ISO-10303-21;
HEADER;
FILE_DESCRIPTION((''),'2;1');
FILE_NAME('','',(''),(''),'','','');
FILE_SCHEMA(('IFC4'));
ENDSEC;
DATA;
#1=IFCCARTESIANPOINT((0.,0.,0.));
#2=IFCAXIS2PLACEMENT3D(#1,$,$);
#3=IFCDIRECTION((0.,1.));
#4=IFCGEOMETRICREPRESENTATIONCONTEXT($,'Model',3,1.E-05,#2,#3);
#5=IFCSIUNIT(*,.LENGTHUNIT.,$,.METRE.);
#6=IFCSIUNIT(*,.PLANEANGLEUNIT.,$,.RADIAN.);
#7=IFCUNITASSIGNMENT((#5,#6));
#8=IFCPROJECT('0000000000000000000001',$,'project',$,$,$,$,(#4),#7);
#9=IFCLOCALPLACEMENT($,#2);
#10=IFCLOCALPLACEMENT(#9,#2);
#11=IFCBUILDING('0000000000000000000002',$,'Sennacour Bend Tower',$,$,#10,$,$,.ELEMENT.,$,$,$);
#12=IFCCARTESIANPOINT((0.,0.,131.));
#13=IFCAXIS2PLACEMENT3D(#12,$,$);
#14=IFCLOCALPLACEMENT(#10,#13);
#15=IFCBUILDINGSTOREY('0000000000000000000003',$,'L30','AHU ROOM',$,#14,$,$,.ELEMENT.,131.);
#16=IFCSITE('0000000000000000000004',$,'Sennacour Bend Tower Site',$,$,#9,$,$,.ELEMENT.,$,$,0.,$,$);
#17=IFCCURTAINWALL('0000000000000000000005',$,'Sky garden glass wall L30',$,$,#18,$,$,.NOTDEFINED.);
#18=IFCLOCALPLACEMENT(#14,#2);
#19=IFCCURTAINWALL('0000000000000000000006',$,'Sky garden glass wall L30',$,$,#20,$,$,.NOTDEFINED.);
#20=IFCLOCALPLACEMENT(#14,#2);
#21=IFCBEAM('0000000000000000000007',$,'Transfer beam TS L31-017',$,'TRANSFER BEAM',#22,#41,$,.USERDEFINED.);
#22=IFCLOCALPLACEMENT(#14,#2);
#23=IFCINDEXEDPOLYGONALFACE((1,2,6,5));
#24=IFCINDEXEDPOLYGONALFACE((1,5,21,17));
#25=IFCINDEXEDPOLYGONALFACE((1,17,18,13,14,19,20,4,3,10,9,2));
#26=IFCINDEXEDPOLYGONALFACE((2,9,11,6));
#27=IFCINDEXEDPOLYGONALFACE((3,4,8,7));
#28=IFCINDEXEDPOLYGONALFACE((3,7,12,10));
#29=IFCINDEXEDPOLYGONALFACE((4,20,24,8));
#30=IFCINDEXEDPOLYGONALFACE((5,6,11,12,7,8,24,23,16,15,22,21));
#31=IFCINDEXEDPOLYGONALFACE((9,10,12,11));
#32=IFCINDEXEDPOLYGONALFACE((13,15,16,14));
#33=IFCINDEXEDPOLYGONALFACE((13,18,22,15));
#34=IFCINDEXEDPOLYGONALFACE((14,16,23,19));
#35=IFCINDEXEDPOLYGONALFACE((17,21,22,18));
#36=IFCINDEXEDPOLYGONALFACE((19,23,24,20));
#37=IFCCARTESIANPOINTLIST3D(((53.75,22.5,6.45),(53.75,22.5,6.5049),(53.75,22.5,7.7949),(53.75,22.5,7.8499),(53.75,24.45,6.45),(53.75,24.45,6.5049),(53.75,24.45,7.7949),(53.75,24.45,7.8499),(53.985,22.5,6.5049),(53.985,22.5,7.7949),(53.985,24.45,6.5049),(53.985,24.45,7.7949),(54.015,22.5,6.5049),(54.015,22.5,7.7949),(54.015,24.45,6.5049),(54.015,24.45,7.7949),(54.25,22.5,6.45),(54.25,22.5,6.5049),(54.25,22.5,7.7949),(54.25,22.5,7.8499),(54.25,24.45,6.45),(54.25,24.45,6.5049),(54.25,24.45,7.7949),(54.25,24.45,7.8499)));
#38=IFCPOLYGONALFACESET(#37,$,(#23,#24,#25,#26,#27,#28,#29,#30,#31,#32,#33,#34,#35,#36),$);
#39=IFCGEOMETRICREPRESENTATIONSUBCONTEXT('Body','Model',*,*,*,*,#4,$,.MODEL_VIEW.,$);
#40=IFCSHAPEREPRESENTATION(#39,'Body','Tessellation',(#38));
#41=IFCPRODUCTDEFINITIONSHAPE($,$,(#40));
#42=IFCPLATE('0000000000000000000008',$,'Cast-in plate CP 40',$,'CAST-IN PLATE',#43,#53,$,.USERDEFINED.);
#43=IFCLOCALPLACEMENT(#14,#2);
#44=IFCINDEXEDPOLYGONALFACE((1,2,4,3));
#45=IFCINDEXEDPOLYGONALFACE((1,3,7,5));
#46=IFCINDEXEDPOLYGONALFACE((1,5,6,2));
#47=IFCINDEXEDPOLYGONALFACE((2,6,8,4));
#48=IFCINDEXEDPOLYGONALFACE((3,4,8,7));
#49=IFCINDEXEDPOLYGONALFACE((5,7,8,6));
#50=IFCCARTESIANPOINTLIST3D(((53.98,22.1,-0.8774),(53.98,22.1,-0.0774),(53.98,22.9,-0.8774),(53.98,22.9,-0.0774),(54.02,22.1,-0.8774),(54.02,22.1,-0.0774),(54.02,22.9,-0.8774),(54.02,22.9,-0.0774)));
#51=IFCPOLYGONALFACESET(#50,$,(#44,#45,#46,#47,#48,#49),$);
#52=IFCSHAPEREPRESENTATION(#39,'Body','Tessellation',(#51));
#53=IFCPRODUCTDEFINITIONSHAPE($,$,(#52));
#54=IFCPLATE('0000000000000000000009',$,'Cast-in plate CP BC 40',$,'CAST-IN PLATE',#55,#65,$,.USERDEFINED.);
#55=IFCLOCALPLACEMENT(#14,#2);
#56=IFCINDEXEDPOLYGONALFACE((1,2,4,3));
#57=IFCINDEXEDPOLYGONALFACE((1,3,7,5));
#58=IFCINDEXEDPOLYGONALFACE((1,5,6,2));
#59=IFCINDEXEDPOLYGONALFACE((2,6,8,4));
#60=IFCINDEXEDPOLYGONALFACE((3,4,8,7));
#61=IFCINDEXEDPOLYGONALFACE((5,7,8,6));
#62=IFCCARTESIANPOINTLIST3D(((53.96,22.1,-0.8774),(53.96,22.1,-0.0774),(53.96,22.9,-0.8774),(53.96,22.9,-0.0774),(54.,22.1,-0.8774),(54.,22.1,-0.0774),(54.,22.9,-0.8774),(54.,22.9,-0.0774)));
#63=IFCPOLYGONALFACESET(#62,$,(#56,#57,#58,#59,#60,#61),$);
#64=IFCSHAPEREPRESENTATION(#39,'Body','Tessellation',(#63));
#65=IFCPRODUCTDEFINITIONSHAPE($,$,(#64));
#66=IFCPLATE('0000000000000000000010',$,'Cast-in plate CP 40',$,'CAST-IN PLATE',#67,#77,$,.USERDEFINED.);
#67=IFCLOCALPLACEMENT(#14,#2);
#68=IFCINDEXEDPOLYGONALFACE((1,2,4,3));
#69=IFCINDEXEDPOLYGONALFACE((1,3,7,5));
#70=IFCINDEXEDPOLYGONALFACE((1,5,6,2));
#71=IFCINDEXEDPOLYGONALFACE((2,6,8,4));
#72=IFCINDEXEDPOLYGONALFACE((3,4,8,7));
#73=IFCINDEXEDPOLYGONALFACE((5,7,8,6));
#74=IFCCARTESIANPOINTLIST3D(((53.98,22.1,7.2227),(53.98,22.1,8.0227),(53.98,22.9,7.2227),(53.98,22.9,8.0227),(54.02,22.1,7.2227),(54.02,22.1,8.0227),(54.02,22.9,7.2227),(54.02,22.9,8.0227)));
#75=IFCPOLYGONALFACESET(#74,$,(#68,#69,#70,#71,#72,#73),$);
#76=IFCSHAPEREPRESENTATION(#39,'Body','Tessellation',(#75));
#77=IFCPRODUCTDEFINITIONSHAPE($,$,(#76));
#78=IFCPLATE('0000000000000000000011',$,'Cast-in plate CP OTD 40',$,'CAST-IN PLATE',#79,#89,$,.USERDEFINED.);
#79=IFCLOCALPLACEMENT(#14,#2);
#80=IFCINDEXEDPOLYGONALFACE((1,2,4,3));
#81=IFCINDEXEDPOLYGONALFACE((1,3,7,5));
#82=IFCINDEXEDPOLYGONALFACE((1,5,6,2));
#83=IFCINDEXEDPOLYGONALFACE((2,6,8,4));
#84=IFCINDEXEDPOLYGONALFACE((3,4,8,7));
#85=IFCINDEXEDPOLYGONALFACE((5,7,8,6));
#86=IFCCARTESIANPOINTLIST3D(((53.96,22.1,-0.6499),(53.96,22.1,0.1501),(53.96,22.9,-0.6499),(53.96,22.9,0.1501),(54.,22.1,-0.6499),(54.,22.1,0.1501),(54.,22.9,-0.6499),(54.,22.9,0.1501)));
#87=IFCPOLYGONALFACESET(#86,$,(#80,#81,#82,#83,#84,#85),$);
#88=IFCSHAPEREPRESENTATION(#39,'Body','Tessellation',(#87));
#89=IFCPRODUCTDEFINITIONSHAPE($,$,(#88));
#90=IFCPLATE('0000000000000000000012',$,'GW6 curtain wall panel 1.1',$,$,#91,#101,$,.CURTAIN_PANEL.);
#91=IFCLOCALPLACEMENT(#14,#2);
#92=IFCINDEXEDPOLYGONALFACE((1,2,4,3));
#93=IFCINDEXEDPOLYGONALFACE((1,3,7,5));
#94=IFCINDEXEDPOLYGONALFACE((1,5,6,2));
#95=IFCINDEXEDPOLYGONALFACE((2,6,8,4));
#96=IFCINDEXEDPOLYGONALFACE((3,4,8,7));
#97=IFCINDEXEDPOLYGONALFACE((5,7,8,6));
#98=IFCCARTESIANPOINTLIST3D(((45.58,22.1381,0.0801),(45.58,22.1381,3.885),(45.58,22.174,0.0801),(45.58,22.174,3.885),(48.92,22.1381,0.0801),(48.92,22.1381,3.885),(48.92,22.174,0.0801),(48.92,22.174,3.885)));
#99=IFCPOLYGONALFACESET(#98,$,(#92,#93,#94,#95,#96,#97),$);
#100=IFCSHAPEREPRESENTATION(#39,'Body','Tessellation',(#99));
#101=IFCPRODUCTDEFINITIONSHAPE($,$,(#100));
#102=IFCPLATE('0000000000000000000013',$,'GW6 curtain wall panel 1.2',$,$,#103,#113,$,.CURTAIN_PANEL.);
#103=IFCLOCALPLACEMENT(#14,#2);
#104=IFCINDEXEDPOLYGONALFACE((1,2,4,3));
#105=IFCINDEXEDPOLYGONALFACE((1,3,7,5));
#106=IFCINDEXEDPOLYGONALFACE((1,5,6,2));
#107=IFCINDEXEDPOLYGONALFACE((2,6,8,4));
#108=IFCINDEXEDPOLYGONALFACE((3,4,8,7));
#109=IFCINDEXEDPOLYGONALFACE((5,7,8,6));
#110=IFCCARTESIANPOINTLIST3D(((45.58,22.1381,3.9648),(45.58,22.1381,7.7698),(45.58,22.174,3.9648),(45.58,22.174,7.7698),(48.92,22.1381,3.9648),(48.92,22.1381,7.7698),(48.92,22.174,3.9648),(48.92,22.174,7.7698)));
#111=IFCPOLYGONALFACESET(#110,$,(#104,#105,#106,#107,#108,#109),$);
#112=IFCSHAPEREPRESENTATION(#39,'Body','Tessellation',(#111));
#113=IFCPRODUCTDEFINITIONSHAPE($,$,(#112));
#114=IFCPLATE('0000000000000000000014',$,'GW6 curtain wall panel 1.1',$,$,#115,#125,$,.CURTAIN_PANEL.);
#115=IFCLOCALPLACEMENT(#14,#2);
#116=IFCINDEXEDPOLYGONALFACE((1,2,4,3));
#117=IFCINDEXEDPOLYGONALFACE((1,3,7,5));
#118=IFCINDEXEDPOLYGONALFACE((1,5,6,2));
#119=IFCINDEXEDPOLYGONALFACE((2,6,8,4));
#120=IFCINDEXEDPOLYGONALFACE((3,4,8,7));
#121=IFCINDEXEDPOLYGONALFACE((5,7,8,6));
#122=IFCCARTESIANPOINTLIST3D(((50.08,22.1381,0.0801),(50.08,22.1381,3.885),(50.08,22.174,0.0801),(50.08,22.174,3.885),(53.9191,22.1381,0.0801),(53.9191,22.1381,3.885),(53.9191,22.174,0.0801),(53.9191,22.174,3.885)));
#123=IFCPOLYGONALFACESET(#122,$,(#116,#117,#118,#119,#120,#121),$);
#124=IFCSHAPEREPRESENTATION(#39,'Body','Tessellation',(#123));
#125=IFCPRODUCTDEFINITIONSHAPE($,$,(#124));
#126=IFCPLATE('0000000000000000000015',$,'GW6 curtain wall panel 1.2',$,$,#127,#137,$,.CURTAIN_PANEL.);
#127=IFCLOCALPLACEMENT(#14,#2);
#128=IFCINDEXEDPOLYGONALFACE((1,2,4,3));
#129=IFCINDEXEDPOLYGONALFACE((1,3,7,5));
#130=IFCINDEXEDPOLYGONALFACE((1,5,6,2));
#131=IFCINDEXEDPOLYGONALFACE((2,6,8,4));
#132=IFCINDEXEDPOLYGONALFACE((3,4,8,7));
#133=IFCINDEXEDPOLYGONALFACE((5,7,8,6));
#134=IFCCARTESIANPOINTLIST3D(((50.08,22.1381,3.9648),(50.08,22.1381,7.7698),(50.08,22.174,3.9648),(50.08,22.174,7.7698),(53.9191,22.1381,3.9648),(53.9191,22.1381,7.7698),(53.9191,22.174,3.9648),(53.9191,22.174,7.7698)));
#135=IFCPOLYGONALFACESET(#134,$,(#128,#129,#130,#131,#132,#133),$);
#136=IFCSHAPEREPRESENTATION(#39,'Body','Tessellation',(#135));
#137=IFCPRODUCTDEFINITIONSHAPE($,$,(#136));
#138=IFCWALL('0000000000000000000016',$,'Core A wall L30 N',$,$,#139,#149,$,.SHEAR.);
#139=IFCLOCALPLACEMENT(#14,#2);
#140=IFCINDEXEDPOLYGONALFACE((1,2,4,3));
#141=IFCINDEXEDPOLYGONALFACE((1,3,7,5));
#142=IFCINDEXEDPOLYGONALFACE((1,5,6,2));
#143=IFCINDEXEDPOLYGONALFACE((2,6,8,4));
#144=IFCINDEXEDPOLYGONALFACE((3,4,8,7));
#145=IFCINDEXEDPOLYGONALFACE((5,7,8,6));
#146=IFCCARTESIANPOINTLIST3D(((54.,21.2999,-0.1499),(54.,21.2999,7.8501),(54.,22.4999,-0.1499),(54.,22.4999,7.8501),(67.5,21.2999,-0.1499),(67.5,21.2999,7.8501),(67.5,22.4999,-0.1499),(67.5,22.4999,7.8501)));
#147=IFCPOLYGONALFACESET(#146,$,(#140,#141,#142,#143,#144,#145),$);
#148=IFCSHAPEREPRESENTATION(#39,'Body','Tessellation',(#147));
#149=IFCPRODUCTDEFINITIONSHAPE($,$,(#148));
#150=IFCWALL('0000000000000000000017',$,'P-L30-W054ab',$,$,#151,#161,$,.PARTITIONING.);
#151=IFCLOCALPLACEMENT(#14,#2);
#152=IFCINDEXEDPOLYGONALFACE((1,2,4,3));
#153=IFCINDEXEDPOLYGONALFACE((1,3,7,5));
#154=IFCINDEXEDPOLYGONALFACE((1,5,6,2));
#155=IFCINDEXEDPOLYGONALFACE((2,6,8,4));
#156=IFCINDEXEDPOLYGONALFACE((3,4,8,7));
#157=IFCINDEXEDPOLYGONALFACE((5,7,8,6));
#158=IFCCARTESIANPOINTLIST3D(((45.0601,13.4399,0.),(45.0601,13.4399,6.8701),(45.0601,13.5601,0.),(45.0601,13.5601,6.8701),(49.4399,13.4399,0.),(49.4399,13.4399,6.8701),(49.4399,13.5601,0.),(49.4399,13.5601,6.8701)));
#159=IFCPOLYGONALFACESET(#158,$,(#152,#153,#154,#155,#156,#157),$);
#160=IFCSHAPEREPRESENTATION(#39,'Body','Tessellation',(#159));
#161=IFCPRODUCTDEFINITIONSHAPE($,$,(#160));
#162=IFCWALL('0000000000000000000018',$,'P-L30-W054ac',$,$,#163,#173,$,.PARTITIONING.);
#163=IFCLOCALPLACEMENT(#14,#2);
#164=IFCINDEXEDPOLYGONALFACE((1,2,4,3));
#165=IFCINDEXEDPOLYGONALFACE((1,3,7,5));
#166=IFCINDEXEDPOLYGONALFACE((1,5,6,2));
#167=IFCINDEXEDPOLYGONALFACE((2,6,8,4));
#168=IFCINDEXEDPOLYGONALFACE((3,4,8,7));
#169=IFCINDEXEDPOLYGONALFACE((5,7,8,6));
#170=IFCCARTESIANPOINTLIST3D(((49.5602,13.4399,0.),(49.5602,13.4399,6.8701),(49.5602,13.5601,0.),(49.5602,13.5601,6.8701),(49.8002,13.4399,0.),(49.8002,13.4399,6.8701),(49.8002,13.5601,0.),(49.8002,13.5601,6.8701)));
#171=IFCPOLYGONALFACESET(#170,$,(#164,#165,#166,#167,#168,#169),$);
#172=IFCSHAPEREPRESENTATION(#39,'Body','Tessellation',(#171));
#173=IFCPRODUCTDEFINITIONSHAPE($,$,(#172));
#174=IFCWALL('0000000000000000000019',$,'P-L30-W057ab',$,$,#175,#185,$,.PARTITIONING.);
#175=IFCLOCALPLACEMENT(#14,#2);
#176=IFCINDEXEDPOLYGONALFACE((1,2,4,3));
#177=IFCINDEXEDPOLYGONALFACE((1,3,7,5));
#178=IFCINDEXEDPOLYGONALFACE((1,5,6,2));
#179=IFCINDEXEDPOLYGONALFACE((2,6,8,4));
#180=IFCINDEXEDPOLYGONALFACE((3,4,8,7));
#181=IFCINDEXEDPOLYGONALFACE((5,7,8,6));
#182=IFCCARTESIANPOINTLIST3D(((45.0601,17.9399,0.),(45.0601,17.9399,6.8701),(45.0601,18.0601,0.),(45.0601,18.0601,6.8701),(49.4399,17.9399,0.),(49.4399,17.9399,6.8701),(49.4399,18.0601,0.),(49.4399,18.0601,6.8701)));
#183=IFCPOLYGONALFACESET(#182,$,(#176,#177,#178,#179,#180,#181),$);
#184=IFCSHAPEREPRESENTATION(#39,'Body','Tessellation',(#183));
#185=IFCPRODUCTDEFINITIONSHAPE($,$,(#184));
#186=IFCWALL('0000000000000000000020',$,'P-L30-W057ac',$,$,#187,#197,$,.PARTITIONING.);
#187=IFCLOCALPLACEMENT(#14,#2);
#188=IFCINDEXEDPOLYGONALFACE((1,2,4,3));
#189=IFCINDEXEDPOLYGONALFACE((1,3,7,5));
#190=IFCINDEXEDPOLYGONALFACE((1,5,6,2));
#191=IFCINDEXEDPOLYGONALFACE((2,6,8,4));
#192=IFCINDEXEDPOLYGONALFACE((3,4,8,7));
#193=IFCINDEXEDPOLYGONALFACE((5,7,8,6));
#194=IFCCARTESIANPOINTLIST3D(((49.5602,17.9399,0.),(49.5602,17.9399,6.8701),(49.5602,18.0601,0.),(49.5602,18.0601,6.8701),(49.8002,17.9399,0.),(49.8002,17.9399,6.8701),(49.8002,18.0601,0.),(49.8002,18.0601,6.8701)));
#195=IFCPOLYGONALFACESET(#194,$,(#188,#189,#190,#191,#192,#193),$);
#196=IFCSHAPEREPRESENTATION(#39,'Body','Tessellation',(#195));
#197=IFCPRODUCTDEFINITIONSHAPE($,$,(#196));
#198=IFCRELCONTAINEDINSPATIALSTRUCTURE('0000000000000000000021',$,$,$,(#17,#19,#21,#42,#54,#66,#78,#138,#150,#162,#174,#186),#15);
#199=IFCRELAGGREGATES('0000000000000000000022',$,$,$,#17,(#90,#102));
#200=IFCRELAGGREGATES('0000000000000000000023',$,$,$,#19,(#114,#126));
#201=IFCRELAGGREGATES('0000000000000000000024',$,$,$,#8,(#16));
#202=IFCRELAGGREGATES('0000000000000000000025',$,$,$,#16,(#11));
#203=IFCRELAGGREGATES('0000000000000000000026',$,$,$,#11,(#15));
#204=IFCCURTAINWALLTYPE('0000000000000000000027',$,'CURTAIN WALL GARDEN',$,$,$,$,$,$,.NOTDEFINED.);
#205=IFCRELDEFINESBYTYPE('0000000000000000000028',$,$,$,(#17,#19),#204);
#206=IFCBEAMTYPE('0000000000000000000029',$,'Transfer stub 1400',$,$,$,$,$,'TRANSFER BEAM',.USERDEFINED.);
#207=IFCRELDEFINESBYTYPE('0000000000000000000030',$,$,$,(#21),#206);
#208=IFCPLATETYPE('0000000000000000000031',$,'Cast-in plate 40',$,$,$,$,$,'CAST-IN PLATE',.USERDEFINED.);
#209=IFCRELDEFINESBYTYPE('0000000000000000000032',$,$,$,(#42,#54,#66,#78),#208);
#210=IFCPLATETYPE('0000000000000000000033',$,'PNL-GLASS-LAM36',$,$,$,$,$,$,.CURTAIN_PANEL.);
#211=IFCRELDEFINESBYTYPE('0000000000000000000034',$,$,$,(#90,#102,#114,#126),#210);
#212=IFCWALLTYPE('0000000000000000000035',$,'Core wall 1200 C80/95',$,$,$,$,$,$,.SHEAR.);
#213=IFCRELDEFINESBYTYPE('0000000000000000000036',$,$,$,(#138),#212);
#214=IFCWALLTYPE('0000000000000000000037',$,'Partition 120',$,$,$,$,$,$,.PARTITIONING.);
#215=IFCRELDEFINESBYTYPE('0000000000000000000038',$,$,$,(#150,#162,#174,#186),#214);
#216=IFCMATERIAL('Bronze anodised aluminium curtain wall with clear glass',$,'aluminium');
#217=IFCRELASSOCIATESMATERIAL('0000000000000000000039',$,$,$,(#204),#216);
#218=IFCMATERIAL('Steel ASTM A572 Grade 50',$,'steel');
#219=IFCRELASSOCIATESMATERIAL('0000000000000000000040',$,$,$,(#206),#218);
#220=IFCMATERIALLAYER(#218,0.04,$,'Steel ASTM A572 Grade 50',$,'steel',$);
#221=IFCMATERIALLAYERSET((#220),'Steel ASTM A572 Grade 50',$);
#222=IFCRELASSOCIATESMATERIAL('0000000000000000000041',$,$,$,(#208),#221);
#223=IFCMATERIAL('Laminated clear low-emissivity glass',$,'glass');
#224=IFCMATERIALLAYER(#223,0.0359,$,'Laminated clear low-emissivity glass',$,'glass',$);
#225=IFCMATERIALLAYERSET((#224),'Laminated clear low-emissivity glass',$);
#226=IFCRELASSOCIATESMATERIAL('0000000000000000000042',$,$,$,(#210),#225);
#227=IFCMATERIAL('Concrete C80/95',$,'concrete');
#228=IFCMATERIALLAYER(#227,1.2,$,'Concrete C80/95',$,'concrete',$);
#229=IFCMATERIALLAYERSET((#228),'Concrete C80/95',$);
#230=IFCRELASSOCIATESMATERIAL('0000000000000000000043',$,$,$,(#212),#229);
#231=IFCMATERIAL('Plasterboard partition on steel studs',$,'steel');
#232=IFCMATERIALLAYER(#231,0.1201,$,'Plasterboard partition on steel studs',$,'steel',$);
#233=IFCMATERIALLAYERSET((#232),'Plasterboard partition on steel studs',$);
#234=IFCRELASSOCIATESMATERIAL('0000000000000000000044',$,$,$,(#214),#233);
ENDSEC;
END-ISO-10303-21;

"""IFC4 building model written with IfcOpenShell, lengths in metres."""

from ifc_helpers import new_model, si_unit, direction, frame, frame_2d, origin, origin_2d, place, context, subcontext, project, spatial, rectangle, i_section, extrude, material, layer, layer_set, material_profile, profile_set, type_object, element, aggregate, save


model = new_model("IFC4")

# Units and contexts
model_context = context("Model", 3, precision=1e-05, world=origin(), true_north=direction((0.0, 1.0)))
body_context = subcontext(model_context, "Body", "Model", "MODEL_VIEW")
ifc_project = project(units=[si_unit("LENGTHUNIT", "METRE"), si_unit("PLANEANGLEUNIT", "RADIAN")], contexts=[model_context])

# Site, building, storey
site_placement = place(None, origin())
site = spatial("IfcSite", under=ifc_project, at=site_placement, Name="Sennacour Bend Tower Site", CompositionType="ELEMENT", RefElevation=0.0)
building_placement = place(site_placement, origin())
building = spatial("IfcBuilding", under=site, at=building_placement, Name="Sennacour Bend Tower", CompositionType="ELEMENT")
storey_placement = place(building_placement, frame((0.0, 0.0, 131.0)))
storey = spatial("IfcBuildingStorey", under=building, at=storey_placement, Name="L30", Description="AHU ROOM", CompositionType="ELEMENT", Elevation=131.0)

# Shared definitions
ifc_material_1 = material(Name="Steel ASTM A572 Grade 50", Category="steel")

# Curtain walls
ifc_material_2 = material(Name="Bronze anodised aluminium curtain wall with clear glass", Category="aluminium")
curtain_wall_type = type_object("IfcCurtainWallType", Name="CURTAIN WALL GARDEN", PredefinedType="NOTDEFINED", material=ifc_material_2)
curtain_wall_1_placement = place(storey_placement, origin())
curtain_wall_1 = element("IfcCurtainWall", 1, at=curtain_wall_1_placement, inside=storey, type_object=curtain_wall_type, Name="Sky garden glass wall L30", PredefinedType="NOTDEFINED")
curtain_wall_2_placement = place(storey_placement, origin())
curtain_wall_2 = element("IfcCurtainWall", 2, at=curtain_wall_2_placement, inside=storey, type_object=curtain_wall_type, Name="Sky garden glass wall L30", PredefinedType="NOTDEFINED")

# Beam
ifc_material_profile_1 = material_profile(ifc_material_1, i_section(OverallWidth=0.5, OverallDepth=1.3999, WebThickness=0.03, FlangeThickness=0.0549, at=origin_2d()), Name="Steel ASTM A572 Grade 50", Category="steel")
ifc_profile_set_1 = profile_set([ifc_material_profile_1], Name="Steel ASTM A572 Grade 50")
beam_type_1 = type_object("IfcBeamType", Name="Transfer stub 1400", ElementType="TRANSFER BEAM", PredefinedType="USERDEFINED", material=ifc_profile_set_1)
beam_1_placement = place(storey_placement, frame((54.0, 22.5, 7.1499), z_axis=(0.0, 1.0, 0.0), x_axis=(-1.0, 0.0, 0.0)))
element("IfcBeam", 3, at=beam_1_placement, inside=storey, type_object=beam_type_1, Name="Transfer beam TS L31-017", ObjectType="TRANSFER BEAM", PredefinedType="USERDEFINED", context=body_context, shape_type="SweptSolid", body=[
    extrude(i_section(OverallWidth=0.5, OverallDepth=1.3999, WebThickness=0.03, FlangeThickness=0.0549, at=origin_2d()), origin(), (0.0, 0.0, 1.0), 1.95),
])

# Plates
ifc_layer_1 = layer(ifc_material_1, 0.04, Name="Steel ASTM A572 Grade 50", Category="steel")
ifc_layer_set_1 = layer_set([ifc_layer_1], Name="Steel ASTM A572 Grade 50")
plate_type_1 = type_object("IfcPlateType", Name="Cast-in plate 40", ElementType="CAST-IN PLATE", PredefinedType="USERDEFINED", material=ifc_layer_set_1)
for number, where, z_axis, x_axis, name in (
    (4, (54.0, 22.5, -0.8774), (0.0, 0.0, 1.0), (1.0, 0.0, 0.0), "Cast-in plate CP 40"),
    (5, (53.98, 22.5, -0.8774), (0.0, 0.0, 1.0), (1.0, 0.0, 0.0), "Cast-in plate CP BC 40"),
    (6, (54.0, 22.5, 7.2227), (0.0, 0.0, 1.0), (1.0, 0.0, 0.0), "Cast-in plate CP 40"),
    (7, (53.98, 22.5, -0.6499), (0.0, 0.0, 1.0), (1.0, 0.0, 0.0), "Cast-in plate CP OTD 40"),
):
    element("IfcPlate", number, at=place(storey_placement, frame(where, z_axis=z_axis, x_axis=x_axis)), inside=storey, type_object=plate_type_1, Name=name, ObjectType="CAST-IN PLATE", PredefinedType="USERDEFINED", context=body_context, shape_type="SweptSolid", body=[
        extrude(rectangle(XDim=0.04, YDim=0.8, at=origin_2d()), origin(), (0.0, 0.0, 1.0), 0.8),
    ])

# Plates
ifc_material_3 = material(Name="Laminated clear low-emissivity glass", Category="glass")
ifc_layer_2 = layer(ifc_material_3, 0.0359, Name="Laminated clear low-emissivity glass", Category="glass")
ifc_layer_set_2 = layer_set([ifc_layer_2], Name="Laminated clear low-emissivity glass")
plate_type_2 = type_object("IfcPlateType", Name="PNL-GLASS-LAM36", PredefinedType="CURTAIN_PANEL", material=ifc_layer_set_2)
plate_1_placement = place(storey_placement, frame((47.25, 22.156, 0.0801), z_axis=(0.0, 0.0, 1.0), x_axis=(1.0, 0.0, 0.0)))
plate_1 = element("IfcPlate", 8, at=plate_1_placement, type_object=plate_type_2, Name="GW6 curtain wall panel 1.1", PredefinedType="CURTAIN_PANEL", context=body_context, shape_type="SweptSolid", body=[
    extrude(rectangle(XDim=3.3401, YDim=0.0359, at=origin_2d()), origin(), (0.0, 0.0, 1.0), 3.8049),
])
plate_2_placement = place(storey_placement, frame((47.25, 22.156, 3.9648), z_axis=(0.0, 0.0, 1.0), x_axis=(1.0, 0.0, 0.0)))
plate_2 = element("IfcPlate", 9, at=plate_2_placement, type_object=plate_type_2, Name="GW6 curtain wall panel 1.2", PredefinedType="CURTAIN_PANEL", context=body_context, shape_type="SweptSolid", body=[
    extrude(rectangle(XDim=3.3401, YDim=0.0359, at=origin_2d()), origin(), (0.0, 0.0, 1.0), 3.8049),
])
aggregate(curtain_wall_1, [plate_1, plate_2])
plate_3_placement = place(storey_placement, frame((51.9995, 22.156, 0.0801), z_axis=(0.0, 0.0, 1.0), x_axis=(1.0, 0.0, 0.0)))
plate_3 = element("IfcPlate", 10, at=plate_3_placement, type_object=plate_type_2, Name="GW6 curtain wall panel 1.1", PredefinedType="CURTAIN_PANEL", context=body_context, shape_type="SweptSolid", body=[
    extrude(rectangle(XDim=3.8391, YDim=0.0359, at=origin_2d()), origin(), (0.0, 0.0, 1.0), 3.8049),
])
plate_4_placement = place(storey_placement, frame((51.9995, 22.156, 3.9648), z_axis=(0.0, 0.0, 1.0), x_axis=(1.0, 0.0, 0.0)))
plate_4 = element("IfcPlate", 11, at=plate_4_placement, type_object=plate_type_2, Name="GW6 curtain wall panel 1.2", PredefinedType="CURTAIN_PANEL", context=body_context, shape_type="SweptSolid", body=[
    extrude(rectangle(XDim=3.8391, YDim=0.0359, at=origin_2d()), origin(), (0.0, 0.0, 1.0), 3.8049),
])
aggregate(curtain_wall_2, [plate_3, plate_4])

# Walls
ifc_material_4 = material(Name="Concrete C80/95", Category="concrete")
ifc_layer_3 = layer(ifc_material_4, 1.2, Name="Concrete C80/95", Category="concrete")
ifc_layer_set_3 = layer_set([ifc_layer_3], Name="Concrete C80/95")
wall_type_1 = type_object("IfcWallType", Name="Core wall 1200 C80/95", PredefinedType="SHEAR", material=ifc_layer_set_3)
wall_1_placement = place(storey_placement, frame((54.0, 21.8999, -0.1499), z_axis=(0.0, 0.0, 1.0), x_axis=(1.0, 0.0, 0.0)))
element("IfcWall", 12, at=wall_1_placement, inside=storey, type_object=wall_type_1, Name="Core A wall L30 N", PredefinedType="SHEAR", context=body_context, shape_type="SweptSolid", body=[
    extrude(rectangle(XDim=13.5, YDim=1.2, at=frame_2d((6.75, 0.0))), origin(), (0.0, 0.0, 1.0), 8.0),
])
ifc_material_5 = material(Name="Plasterboard partition on steel studs", Category="steel")
ifc_layer_4 = layer(ifc_material_5, 0.1201, Name="Plasterboard partition on steel studs", Category="steel")
ifc_layer_set_4 = layer_set([ifc_layer_4], Name="Plasterboard partition on steel studs")
wall_type_2 = type_object("IfcWallType", Name="Partition 120", PredefinedType="PARTITIONING", material=ifc_layer_set_4)
wall_2_placement = place(storey_placement, frame((45.0601, 13.5, 0.0), z_axis=(0.0, 0.0, 1.0), x_axis=(1.0, 0.0, 0.0)))
element("IfcWall", 13, at=wall_2_placement, inside=storey, type_object=wall_type_2, Name="P-L30-W054ab", PredefinedType="PARTITIONING", context=body_context, shape_type="SweptSolid", body=[
    extrude(rectangle(XDim=4.3799, YDim=0.1201, at=frame_2d((2.1899, 0.0))), origin(), (0.0, 0.0, 1.0), 6.8701),
])
wall_3_placement = place(storey_placement, frame((49.5601, 13.5, 0.0), z_axis=(0.0, 0.0, 1.0), x_axis=(1.0, 0.0, 0.0)))
element("IfcWall", 14, at=wall_3_placement, inside=storey, type_object=wall_type_2, Name="P-L30-W054ac", PredefinedType="PARTITIONING", context=body_context, shape_type="SweptSolid", body=[
    extrude(rectangle(XDim=0.24, YDim=0.1201, at=frame_2d((0.1201, 0.0))), origin(), (0.0, 0.0, 1.0), 6.8701),
])
wall_4_placement = place(storey_placement, frame((45.0601, 18.0, 0.0), z_axis=(0.0, 0.0, 1.0), x_axis=(1.0, 0.0, 0.0)))
element("IfcWall", 15, at=wall_4_placement, inside=storey, type_object=wall_type_2, Name="P-L30-W057ab", PredefinedType="PARTITIONING", context=body_context, shape_type="SweptSolid", body=[
    extrude(rectangle(XDim=4.3799, YDim=0.1201, at=frame_2d((2.1899, 0.0))), origin(), (0.0, 0.0, 1.0), 6.8701),
])
wall_5_placement = place(storey_placement, frame((49.5601, 18.0, 0.0), z_axis=(0.0, 0.0, 1.0), x_axis=(1.0, 0.0, 0.0)))
element("IfcWall", 16, at=wall_5_placement, inside=storey, type_object=wall_type_2, Name="P-L30-W057ac", PredefinedType="PARTITIONING", context=body_context, shape_type="SweptSolid", body=[
    extrude(rectangle(XDim=0.24, YDim=0.1201, at=frame_2d((0.1201, 0.0))), origin(), (0.0, 0.0, 1.0), 6.8701),
])

save(model, "model.ifc")
